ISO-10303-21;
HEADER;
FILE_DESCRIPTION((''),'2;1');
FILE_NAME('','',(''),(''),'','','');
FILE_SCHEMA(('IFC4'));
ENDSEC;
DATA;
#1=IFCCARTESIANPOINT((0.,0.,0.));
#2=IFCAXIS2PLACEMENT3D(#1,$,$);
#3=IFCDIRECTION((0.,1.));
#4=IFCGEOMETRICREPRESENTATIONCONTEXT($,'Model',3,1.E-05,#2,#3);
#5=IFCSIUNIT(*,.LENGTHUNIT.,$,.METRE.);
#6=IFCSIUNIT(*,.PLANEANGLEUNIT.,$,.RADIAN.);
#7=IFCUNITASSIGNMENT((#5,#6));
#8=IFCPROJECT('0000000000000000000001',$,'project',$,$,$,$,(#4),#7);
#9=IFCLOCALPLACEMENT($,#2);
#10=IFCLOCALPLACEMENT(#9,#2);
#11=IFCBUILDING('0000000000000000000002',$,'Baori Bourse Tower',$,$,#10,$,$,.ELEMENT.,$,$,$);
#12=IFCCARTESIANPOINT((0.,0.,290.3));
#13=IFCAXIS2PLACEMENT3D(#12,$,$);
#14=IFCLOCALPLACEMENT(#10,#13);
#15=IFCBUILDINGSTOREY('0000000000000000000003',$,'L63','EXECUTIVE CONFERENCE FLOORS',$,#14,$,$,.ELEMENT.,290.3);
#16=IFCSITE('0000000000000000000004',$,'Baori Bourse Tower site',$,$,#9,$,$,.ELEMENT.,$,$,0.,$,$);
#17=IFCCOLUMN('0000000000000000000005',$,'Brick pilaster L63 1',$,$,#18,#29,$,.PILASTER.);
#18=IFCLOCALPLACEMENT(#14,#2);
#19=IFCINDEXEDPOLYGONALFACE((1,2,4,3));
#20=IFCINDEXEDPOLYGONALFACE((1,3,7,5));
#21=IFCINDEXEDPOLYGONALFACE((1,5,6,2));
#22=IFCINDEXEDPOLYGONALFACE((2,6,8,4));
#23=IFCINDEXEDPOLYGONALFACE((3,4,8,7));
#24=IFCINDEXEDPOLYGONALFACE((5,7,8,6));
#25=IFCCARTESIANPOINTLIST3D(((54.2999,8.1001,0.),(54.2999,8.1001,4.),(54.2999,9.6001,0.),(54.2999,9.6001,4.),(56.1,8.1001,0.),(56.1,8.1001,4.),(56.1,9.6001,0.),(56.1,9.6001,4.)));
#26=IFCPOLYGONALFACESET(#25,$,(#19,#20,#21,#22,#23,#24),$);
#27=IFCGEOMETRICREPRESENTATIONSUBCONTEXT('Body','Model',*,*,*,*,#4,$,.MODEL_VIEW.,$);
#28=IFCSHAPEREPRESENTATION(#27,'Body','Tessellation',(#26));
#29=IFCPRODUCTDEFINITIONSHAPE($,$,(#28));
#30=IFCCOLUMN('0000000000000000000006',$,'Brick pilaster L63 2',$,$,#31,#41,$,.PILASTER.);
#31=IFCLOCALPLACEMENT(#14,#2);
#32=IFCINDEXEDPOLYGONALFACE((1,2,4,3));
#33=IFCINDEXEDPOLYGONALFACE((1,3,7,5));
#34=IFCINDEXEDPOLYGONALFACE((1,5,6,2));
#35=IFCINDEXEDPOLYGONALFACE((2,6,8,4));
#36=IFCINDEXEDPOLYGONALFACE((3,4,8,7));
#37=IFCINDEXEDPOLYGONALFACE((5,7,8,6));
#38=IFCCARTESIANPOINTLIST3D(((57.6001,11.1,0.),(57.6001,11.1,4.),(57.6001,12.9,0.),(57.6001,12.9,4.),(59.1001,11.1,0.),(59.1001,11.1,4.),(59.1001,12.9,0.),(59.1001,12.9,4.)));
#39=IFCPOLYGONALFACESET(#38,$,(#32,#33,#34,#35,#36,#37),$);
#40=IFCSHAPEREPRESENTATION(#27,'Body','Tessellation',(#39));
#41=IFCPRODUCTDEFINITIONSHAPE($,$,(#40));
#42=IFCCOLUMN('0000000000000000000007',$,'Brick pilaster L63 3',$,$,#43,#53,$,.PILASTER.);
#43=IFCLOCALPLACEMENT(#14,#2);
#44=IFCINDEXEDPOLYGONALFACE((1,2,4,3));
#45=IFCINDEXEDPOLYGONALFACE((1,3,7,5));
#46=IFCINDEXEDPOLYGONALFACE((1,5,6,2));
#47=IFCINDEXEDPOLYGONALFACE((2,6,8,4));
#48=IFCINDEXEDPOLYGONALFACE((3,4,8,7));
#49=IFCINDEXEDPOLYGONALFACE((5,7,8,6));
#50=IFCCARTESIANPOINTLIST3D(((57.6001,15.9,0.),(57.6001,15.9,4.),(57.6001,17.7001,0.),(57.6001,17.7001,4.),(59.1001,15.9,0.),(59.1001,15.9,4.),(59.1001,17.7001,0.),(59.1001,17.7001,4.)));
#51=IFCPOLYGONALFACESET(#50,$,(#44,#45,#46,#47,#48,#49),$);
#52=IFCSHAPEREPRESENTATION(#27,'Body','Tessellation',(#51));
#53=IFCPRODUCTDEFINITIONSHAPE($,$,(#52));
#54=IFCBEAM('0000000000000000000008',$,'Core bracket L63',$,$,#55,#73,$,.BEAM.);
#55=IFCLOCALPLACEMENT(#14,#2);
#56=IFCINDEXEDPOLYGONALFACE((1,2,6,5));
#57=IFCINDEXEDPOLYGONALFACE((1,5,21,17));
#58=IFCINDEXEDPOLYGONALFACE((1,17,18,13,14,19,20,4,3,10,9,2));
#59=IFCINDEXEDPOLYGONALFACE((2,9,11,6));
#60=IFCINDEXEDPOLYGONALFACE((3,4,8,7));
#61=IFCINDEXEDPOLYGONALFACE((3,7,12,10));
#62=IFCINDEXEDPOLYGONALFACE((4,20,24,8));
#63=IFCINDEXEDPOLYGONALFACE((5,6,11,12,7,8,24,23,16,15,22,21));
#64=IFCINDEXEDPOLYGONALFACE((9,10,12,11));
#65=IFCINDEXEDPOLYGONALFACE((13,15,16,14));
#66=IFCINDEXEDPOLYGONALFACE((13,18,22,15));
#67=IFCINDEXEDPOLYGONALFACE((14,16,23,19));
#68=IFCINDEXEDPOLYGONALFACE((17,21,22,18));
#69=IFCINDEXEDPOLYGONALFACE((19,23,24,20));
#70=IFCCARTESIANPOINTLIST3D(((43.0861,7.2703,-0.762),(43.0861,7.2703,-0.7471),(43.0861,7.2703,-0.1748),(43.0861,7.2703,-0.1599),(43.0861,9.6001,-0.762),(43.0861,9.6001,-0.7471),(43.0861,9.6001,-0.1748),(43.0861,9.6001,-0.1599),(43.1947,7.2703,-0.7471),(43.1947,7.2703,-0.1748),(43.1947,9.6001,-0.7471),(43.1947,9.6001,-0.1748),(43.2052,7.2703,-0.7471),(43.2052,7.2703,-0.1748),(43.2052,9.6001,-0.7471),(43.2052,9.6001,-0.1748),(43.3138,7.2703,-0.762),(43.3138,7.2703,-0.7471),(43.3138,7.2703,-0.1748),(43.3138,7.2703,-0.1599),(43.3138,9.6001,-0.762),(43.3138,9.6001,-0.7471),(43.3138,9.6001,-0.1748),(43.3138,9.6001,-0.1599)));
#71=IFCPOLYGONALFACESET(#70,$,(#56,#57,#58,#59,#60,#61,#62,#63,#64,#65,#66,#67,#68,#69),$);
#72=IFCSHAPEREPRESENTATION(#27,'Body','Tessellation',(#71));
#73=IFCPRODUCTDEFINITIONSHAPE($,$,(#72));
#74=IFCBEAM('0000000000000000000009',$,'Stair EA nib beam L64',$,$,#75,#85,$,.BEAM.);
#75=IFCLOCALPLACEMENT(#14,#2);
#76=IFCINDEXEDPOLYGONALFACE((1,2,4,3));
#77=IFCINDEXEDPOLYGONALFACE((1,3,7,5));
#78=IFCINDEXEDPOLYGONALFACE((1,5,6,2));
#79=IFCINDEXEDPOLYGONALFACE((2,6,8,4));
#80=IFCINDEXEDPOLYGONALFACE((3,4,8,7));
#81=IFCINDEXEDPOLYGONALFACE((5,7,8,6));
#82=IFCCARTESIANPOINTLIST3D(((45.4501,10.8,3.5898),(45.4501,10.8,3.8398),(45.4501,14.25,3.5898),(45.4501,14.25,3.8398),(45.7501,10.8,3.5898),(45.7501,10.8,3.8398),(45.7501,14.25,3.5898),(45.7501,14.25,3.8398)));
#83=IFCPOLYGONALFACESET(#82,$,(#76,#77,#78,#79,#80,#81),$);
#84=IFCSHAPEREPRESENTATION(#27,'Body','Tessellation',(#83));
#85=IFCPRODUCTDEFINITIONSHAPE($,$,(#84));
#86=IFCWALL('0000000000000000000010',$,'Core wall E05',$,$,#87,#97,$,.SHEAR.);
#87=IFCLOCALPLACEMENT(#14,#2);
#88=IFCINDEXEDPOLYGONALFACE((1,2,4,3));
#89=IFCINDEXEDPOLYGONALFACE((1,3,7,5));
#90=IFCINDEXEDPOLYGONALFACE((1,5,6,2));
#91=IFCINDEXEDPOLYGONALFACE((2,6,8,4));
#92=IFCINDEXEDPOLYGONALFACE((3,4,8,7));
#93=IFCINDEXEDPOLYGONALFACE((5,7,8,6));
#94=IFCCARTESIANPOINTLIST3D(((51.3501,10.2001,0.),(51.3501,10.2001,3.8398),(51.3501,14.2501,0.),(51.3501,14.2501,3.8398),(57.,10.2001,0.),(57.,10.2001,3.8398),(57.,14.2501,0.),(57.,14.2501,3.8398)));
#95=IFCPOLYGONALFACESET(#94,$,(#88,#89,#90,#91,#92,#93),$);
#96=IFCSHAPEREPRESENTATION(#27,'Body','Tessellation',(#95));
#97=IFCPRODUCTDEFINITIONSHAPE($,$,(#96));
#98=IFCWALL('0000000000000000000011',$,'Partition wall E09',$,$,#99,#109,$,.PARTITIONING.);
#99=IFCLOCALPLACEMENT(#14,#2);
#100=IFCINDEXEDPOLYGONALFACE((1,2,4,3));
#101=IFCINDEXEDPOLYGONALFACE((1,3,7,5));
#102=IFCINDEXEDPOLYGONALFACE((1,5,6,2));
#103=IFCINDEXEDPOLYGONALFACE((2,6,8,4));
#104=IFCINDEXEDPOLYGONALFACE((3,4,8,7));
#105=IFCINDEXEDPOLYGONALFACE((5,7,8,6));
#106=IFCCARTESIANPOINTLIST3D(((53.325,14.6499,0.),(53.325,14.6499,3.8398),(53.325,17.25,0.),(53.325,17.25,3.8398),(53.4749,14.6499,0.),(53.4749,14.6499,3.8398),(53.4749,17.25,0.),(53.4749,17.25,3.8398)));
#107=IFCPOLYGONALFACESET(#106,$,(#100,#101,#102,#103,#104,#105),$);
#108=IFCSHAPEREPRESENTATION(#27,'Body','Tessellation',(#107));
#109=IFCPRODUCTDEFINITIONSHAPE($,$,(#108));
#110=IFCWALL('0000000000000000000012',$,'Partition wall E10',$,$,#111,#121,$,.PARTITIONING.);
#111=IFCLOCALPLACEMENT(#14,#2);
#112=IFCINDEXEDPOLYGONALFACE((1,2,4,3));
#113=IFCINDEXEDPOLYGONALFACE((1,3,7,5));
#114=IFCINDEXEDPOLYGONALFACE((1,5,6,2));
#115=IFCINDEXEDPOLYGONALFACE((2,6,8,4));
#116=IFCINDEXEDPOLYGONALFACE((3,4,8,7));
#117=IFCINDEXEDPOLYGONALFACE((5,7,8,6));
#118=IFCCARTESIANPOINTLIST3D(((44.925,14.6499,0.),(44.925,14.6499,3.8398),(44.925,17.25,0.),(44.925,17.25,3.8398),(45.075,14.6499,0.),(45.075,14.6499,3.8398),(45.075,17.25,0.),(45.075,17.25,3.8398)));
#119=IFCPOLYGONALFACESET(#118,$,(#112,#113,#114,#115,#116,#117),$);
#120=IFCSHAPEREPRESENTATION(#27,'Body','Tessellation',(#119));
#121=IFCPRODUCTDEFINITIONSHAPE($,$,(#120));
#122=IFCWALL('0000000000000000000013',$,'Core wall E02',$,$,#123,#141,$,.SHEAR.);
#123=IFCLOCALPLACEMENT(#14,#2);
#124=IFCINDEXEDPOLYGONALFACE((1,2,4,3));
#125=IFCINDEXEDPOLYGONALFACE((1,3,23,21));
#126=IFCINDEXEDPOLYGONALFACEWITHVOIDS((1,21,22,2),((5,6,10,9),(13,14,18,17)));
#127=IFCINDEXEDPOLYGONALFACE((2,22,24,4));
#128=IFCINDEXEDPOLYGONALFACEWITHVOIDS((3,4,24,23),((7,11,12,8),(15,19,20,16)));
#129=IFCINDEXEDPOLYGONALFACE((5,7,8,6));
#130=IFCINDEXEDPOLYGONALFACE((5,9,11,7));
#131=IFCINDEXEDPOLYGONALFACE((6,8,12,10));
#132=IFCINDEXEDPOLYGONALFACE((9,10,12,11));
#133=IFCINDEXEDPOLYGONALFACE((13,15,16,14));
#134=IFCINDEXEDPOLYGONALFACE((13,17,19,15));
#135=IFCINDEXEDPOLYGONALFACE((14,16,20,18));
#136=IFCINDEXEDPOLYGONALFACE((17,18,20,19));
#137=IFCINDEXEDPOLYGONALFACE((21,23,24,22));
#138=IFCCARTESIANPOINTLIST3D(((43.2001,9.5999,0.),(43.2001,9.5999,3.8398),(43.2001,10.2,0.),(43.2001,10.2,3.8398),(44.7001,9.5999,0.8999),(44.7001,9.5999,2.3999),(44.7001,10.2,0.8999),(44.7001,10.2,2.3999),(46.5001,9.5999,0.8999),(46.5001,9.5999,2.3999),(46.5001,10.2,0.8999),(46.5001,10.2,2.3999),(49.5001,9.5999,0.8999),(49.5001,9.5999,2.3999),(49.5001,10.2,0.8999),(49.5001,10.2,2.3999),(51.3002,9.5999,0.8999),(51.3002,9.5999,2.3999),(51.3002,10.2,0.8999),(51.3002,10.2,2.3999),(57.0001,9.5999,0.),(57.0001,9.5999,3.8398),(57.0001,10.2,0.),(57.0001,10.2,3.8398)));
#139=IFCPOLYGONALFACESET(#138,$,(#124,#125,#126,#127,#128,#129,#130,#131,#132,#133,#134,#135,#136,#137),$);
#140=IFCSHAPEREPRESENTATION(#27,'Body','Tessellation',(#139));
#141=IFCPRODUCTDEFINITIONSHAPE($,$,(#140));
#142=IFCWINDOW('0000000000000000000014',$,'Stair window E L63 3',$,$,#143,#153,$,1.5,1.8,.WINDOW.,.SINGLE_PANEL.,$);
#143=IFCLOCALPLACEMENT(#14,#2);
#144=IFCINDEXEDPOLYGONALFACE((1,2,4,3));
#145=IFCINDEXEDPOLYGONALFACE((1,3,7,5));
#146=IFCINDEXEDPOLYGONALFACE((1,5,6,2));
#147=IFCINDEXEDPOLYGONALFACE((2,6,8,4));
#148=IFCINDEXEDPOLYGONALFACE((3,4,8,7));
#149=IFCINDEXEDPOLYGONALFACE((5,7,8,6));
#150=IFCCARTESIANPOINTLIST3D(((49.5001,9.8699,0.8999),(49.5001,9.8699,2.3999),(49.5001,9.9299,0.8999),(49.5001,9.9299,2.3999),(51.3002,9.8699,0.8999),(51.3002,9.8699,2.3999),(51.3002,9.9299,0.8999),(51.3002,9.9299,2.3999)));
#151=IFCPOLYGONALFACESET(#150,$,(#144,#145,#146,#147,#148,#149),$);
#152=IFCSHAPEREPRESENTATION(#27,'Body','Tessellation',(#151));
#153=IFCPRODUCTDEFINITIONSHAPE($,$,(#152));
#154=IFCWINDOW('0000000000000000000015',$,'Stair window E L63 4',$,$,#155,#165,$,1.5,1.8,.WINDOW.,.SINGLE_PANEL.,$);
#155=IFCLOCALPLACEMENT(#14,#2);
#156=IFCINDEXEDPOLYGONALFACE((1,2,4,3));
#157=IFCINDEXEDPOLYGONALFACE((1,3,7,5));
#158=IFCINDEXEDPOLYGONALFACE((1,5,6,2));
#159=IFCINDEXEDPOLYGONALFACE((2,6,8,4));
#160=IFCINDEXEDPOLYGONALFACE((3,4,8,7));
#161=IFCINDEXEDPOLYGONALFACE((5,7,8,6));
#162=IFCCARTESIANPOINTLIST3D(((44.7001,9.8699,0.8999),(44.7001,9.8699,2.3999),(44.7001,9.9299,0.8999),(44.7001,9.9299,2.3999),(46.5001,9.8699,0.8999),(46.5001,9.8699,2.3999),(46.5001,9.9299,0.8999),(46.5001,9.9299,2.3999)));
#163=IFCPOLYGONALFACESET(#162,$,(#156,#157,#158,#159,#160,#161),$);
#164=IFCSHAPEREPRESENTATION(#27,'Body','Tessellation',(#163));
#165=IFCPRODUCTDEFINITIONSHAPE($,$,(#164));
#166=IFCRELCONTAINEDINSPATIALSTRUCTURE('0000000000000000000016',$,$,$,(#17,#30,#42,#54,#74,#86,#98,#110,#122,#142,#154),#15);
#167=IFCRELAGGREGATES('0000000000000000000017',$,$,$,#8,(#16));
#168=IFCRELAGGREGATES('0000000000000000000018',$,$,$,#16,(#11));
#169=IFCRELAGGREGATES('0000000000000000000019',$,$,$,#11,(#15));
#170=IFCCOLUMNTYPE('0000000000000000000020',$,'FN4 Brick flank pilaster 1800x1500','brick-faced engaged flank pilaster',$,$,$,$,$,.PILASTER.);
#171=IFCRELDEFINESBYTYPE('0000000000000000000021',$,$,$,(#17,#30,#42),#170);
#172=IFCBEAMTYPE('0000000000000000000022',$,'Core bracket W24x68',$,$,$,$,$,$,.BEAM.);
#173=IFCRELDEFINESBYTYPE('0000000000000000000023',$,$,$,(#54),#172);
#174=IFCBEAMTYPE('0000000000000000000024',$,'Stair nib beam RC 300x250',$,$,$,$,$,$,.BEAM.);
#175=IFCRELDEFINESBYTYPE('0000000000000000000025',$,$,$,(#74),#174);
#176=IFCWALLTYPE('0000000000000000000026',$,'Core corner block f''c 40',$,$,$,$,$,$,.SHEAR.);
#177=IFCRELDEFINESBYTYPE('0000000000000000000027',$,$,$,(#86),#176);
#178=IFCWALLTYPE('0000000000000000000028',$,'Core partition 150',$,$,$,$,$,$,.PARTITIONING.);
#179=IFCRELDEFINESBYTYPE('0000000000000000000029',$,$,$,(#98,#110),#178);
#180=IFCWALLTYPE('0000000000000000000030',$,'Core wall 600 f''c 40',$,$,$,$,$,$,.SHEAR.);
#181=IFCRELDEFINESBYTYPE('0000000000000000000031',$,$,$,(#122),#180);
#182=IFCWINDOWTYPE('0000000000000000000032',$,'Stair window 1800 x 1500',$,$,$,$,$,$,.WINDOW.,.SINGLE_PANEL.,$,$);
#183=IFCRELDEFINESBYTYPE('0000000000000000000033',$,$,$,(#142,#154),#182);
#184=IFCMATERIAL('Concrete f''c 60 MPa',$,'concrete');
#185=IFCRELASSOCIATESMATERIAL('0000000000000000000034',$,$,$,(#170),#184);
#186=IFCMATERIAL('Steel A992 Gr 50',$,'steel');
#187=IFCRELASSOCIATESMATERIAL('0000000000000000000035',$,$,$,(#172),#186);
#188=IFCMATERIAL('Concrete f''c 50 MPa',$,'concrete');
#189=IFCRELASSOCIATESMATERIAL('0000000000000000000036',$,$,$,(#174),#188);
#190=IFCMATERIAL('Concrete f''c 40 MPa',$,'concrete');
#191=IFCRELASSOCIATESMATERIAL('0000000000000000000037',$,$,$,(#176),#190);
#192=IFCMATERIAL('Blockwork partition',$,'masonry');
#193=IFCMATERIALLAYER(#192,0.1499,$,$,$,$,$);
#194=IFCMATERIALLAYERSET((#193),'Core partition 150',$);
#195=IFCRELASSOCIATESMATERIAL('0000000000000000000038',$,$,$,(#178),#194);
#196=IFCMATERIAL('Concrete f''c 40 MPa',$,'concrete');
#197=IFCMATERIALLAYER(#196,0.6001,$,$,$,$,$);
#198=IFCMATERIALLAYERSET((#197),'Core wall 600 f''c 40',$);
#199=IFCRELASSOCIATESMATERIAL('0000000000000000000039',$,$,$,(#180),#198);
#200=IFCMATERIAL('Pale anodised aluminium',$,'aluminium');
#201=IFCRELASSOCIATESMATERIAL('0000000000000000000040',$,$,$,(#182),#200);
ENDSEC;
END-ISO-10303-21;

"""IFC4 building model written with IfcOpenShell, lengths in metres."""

from ifc_helpers import new_model, si_unit, direction, frame, frame_2d, origin, origin_2d, place, context, subcontext, project, spatial, rectangle, i_section, extrude, material, layer, layer_set, material_profile, profile_set, type_object, element, fill, save


model = new_model("IFC4")

# Units and contexts
model_context = context("Model", 3, precision=1e-05, world=origin(), true_north=direction((0.0, 1.0)))
body_context = subcontext(model_context, "Body", "Model", "MODEL_VIEW")
ifc_project = project(units=[si_unit("LENGTHUNIT", "METRE"), si_unit("PLANEANGLEUNIT", "RADIAN")], contexts=[model_context])

# Site, building, storey
site_placement = place(None, origin())
site = spatial("IfcSite", under=ifc_project, at=site_placement, Name="Baori Bourse Tower site", CompositionType="ELEMENT", RefElevation=0.0)
building_placement = place(site_placement, origin())
building = spatial("IfcBuilding", under=site, at=building_placement, Name="Baori Bourse Tower", CompositionType="ELEMENT")
storey_placement = place(building_placement, frame((0.0, 0.0, 290.3)))
storey = spatial("IfcBuildingStorey", under=building, at=storey_placement, Name="L63", Description="EXECUTIVE CONFERENCE FLOORS", CompositionType="ELEMENT", Elevation=290.3)

# Columns
ifc_material_1 = material(Name="Concrete f'c 60 MPa", Category="concrete")
ifc_material_profile_1 = material_profile(ifc_material_1, rectangle(XDim=1.8, YDim=1.5, at=origin_2d()), Name="RC 1800x1500")
ifc_profile_set_1 = profile_set([ifc_material_profile_1], Name="Concrete f'c 60 MPa")
column_type = type_object("IfcColumnType", Name="FN4 Brick flank pilaster 1800x1500", Description="brick-faced engaged flank pilaster", PredefinedType="PILASTER", material=ifc_profile_set_1)
for number, where, z_axis, x_axis, name in (
    (1, (55.2, 8.8501, 0.0), (0.0, 0.0, 1.0), (1.0, 0.0, 0.0), "Brick pilaster L63 1"),
    (2, (58.3501, 12.0, 0.0), (0.0, 0.0, 1.0), (0.0, 1.0, 0.0), "Brick pilaster L63 2"),
    (3, (58.3501, 16.8, 0.0), (0.0, 0.0, 1.0), (0.0, 1.0, 0.0), "Brick pilaster L63 3"),
):
    element("IfcColumn", number, at=place(storey_placement, frame(where, z_axis=z_axis, x_axis=x_axis)), inside=storey, type_object=column_type, Name=name, PredefinedType="PILASTER", context=body_context, shape_type="SweptSolid", body=[
        extrude(rectangle(XDim=1.8, YDim=1.5, at=origin_2d()), origin(), (0.0, 0.0, 1.0), 4.0),
    ])

# Beams
ifc_material_2 = material(Name="Steel A992 Gr 50", Category="steel")
ifc_material_profile_2 = material_profile(ifc_material_2, i_section(OverallWidth=0.2278, OverallDepth=0.6021, WebThickness=0.0105, FlangeThickness=0.0149, at=origin_2d()), Name="W24x68")
ifc_profile_set_2 = profile_set([ifc_material_profile_2], Name="Steel A992 Gr 50")
beam_type_1 = type_object("IfcBeamType", Name="Core bracket W24x68", PredefinedType="BEAM", material=ifc_profile_set_2)
beam_1_placement = place(storey_placement, frame((43.2, 7.2703, -0.4609), z_axis=(0.0, 1.0, 0.0), x_axis=(-1.0, 0.0, 0.0)))
element("IfcBeam", 4, at=beam_1_placement, inside=storey, type_object=beam_type_1, Name="Core bracket L63", PredefinedType="BEAM", context=body_context, shape_type="SweptSolid", body=[
    extrude(i_section(OverallWidth=0.2278, OverallDepth=0.6021, WebThickness=0.0105, FlangeThickness=0.0149, at=origin_2d()), origin(), (0.0, 0.0, 1.0), 2.3298),
])
ifc_material_3 = material(Name="Concrete f'c 50 MPa", Category="concrete")
ifc_material_profile_3 = material_profile(ifc_material_3, rectangle(XDim=0.3, YDim=0.25, at=origin_2d()), Name="RC 300x250")
ifc_profile_set_3 = profile_set([ifc_material_profile_3], Name="Concrete f'c 50 MPa")
beam_type_2 = type_object("IfcBeamType", Name="Stair nib beam RC 300x250", PredefinedType="BEAM", material=ifc_profile_set_3)
beam_2_placement = place(storey_placement, frame((45.6001, 10.8, 3.7148), z_axis=(0.0, 1.0, 0.0), x_axis=(-1.0, 0.0, 0.0)))
element("IfcBeam", 5, at=beam_2_placement, inside=storey, type_object=beam_type_2, Name="Stair EA nib beam L64", PredefinedType="BEAM", context=body_context, shape_type="SweptSolid", body=[
    extrude(rectangle(XDim=0.3, YDim=0.25, at=origin_2d()), origin(), (0.0, 0.0, 1.0), 3.45),
])

# Walls
ifc_material_4 = material(Name="Concrete f'c 40 MPa", Category="concrete")
wall_type_1 = type_object("IfcWallType", Name="Core corner block f'c 40", PredefinedType="SHEAR", material=ifc_material_4)
wall_1_placement = place(storey_placement, frame((51.3501, 12.2251, 0.0), z_axis=(0.0, 0.0, 1.0), x_axis=(1.0, 0.0, 0.0)))
element("IfcWall", 6, at=wall_1_placement, inside=storey, type_object=wall_type_1, Name="Core wall E05", PredefinedType="SHEAR", context=body_context, shape_type="SweptSolid", body=[
    extrude(rectangle(XDim=5.6499, YDim=4.05, at=frame_2d((2.825, 0.0))), origin(), (0.0, 0.0, 1.0), 3.8398),
])
ifc_material_5 = material(Name="Blockwork partition", Category="masonry")
ifc_layer_1 = layer(ifc_material_5, 0.1499)
ifc_layer_set_1 = layer_set([ifc_layer_1], Name="Core partition 150")
wall_type_2 = type_object("IfcWallType", Name="Core partition 150", PredefinedType="PARTITIONING", material=ifc_layer_set_1)
for number, where, z_axis, x_axis, name in (
    (7, (53.3999, 14.6499, 0.0), (0.0, 0.0, 1.0), (0.0, 1.0, 0.0), "Partition wall E09"),
    (8, (45.0, 14.6499, 0.0), (0.0, 0.0, 1.0), (0.0, 1.0, 0.0), "Partition wall E10"),
):
    element("IfcWall", number, at=place(storey_placement, frame(where, z_axis=z_axis, x_axis=x_axis)), inside=storey, type_object=wall_type_2, Name=name, PredefinedType="PARTITIONING", context=body_context, shape_type="SweptSolid", body=[
        extrude(rectangle(XDim=2.6001, YDim=0.1499, at=frame_2d((1.3, 0.0))), origin(), (0.0, 0.0, 1.0), 3.8398),
    ])

# Wall, openings, windows
ifc_material_6 = material(Name="Concrete f'c 40 MPa", Category="concrete")
ifc_layer_2 = layer(ifc_material_6, 0.6001)
ifc_layer_set_2 = layer_set([ifc_layer_2], Name="Core wall 600 f'c 40")
wall_type_3 = type_object("IfcWallType", Name="Core wall 600 f'c 40", PredefinedType="SHEAR", material=ifc_layer_set_2)
wall_2_placement = place(storey_placement, frame((57.0, 9.8999, 0.0), z_axis=(0.0, 0.0, 1.0), x_axis=(-1.0, 0.0, 0.0)))
wall_2 = element("IfcWall", 9, at=wall_2_placement, inside=storey, type_object=wall_type_3, Name="Core wall E02", PredefinedType="SHEAR", context=body_context, shape_type="SweptSolid", body=[
    extrude(rectangle(XDim=13.8, YDim=0.6001, at=frame_2d((6.8999, 0.0))), origin(), (0.0, 0.0, 1.0), 3.8398),
])
opening_1_placement = place(wall_2_placement, frame((5.7, 0.0, 0.8999)))
opening_1 = element("IfcOpeningElement", 10, at=opening_1_placement, cuts=wall_2, PredefinedType="OPENING", context=body_context, shape_type="SweptSolid", body=[
    extrude(rectangle(XDim=1.8, YDim=1.5, at=frame_2d((0.8999, 0.75))), frame((0.0, 0.3101, 0.0), z_axis=(0.0, -1.0, 0.0), x_axis=(1.0, 0.0, 0.0)), (0.0, 0.0, 1.0), 0.6201),
])
opening_2_placement = place(wall_2_placement, frame((10.5, 0.0, 0.8999)))
opening_2 = element("IfcOpeningElement", 11, at=opening_2_placement, cuts=wall_2, PredefinedType="OPENING", context=body_context, shape_type="SweptSolid", body=[
    extrude(rectangle(XDim=1.8, YDim=1.5, at=frame_2d((0.8999, 0.75))), frame((0.0, 0.3101, 0.0), z_axis=(0.0, -1.0, 0.0), x_axis=(1.0, 0.0, 0.0)), (0.0, 0.0, 1.0), 0.6201),
])
ifc_material_7 = material(Name="Pale anodised aluminium", Category="aluminium")
window_type = type_object("IfcWindowType", Name="Stair window 1800 x 1500", PartitioningType="SINGLE_PANEL", PredefinedType="WINDOW", material=ifc_material_7)
window_1_placement = place(opening_1_placement, origin())
window_1 = element("IfcWindow", 12, at=window_1_placement, inside=storey, type_object=window_type, Name="Stair window E L63 3", OverallHeight=1.5, OverallWidth=1.8, PartitioningType="SINGLE_PANEL", PredefinedType="WINDOW", context=body_context, shape_type="SweptSolid", body=[
    extrude(rectangle(XDim=1.8, YDim=1.5, at=frame_2d((0.8999, 0.75))), frame((0.0, 0.03, 0.0), z_axis=(0.0, -1.0, 0.0), x_axis=(1.0, 0.0, 0.0)), (0.0, 0.0, 1.0), 0.0601),
])
fill(opening_1, window_1)
window_2_placement = place(opening_2_placement, origin())
window_2 = element("IfcWindow", 13, at=window_2_placement, inside=storey, type_object=window_type, Name="Stair window E L63 4", OverallHeight=1.5, OverallWidth=1.8, PartitioningType="SINGLE_PANEL", PredefinedType="WINDOW", context=body_context, shape_type="SweptSolid", body=[
    extrude(rectangle(XDim=1.8, YDim=1.5, at=frame_2d((0.8999, 0.75))), frame((0.0, 0.03, 0.0), z_axis=(0.0, -1.0, 0.0), x_axis=(1.0, 0.0, 0.0)), (0.0, 0.0, 1.0), 0.0601),
])
fill(opening_2, window_2)

save(model, "model.ifc")
